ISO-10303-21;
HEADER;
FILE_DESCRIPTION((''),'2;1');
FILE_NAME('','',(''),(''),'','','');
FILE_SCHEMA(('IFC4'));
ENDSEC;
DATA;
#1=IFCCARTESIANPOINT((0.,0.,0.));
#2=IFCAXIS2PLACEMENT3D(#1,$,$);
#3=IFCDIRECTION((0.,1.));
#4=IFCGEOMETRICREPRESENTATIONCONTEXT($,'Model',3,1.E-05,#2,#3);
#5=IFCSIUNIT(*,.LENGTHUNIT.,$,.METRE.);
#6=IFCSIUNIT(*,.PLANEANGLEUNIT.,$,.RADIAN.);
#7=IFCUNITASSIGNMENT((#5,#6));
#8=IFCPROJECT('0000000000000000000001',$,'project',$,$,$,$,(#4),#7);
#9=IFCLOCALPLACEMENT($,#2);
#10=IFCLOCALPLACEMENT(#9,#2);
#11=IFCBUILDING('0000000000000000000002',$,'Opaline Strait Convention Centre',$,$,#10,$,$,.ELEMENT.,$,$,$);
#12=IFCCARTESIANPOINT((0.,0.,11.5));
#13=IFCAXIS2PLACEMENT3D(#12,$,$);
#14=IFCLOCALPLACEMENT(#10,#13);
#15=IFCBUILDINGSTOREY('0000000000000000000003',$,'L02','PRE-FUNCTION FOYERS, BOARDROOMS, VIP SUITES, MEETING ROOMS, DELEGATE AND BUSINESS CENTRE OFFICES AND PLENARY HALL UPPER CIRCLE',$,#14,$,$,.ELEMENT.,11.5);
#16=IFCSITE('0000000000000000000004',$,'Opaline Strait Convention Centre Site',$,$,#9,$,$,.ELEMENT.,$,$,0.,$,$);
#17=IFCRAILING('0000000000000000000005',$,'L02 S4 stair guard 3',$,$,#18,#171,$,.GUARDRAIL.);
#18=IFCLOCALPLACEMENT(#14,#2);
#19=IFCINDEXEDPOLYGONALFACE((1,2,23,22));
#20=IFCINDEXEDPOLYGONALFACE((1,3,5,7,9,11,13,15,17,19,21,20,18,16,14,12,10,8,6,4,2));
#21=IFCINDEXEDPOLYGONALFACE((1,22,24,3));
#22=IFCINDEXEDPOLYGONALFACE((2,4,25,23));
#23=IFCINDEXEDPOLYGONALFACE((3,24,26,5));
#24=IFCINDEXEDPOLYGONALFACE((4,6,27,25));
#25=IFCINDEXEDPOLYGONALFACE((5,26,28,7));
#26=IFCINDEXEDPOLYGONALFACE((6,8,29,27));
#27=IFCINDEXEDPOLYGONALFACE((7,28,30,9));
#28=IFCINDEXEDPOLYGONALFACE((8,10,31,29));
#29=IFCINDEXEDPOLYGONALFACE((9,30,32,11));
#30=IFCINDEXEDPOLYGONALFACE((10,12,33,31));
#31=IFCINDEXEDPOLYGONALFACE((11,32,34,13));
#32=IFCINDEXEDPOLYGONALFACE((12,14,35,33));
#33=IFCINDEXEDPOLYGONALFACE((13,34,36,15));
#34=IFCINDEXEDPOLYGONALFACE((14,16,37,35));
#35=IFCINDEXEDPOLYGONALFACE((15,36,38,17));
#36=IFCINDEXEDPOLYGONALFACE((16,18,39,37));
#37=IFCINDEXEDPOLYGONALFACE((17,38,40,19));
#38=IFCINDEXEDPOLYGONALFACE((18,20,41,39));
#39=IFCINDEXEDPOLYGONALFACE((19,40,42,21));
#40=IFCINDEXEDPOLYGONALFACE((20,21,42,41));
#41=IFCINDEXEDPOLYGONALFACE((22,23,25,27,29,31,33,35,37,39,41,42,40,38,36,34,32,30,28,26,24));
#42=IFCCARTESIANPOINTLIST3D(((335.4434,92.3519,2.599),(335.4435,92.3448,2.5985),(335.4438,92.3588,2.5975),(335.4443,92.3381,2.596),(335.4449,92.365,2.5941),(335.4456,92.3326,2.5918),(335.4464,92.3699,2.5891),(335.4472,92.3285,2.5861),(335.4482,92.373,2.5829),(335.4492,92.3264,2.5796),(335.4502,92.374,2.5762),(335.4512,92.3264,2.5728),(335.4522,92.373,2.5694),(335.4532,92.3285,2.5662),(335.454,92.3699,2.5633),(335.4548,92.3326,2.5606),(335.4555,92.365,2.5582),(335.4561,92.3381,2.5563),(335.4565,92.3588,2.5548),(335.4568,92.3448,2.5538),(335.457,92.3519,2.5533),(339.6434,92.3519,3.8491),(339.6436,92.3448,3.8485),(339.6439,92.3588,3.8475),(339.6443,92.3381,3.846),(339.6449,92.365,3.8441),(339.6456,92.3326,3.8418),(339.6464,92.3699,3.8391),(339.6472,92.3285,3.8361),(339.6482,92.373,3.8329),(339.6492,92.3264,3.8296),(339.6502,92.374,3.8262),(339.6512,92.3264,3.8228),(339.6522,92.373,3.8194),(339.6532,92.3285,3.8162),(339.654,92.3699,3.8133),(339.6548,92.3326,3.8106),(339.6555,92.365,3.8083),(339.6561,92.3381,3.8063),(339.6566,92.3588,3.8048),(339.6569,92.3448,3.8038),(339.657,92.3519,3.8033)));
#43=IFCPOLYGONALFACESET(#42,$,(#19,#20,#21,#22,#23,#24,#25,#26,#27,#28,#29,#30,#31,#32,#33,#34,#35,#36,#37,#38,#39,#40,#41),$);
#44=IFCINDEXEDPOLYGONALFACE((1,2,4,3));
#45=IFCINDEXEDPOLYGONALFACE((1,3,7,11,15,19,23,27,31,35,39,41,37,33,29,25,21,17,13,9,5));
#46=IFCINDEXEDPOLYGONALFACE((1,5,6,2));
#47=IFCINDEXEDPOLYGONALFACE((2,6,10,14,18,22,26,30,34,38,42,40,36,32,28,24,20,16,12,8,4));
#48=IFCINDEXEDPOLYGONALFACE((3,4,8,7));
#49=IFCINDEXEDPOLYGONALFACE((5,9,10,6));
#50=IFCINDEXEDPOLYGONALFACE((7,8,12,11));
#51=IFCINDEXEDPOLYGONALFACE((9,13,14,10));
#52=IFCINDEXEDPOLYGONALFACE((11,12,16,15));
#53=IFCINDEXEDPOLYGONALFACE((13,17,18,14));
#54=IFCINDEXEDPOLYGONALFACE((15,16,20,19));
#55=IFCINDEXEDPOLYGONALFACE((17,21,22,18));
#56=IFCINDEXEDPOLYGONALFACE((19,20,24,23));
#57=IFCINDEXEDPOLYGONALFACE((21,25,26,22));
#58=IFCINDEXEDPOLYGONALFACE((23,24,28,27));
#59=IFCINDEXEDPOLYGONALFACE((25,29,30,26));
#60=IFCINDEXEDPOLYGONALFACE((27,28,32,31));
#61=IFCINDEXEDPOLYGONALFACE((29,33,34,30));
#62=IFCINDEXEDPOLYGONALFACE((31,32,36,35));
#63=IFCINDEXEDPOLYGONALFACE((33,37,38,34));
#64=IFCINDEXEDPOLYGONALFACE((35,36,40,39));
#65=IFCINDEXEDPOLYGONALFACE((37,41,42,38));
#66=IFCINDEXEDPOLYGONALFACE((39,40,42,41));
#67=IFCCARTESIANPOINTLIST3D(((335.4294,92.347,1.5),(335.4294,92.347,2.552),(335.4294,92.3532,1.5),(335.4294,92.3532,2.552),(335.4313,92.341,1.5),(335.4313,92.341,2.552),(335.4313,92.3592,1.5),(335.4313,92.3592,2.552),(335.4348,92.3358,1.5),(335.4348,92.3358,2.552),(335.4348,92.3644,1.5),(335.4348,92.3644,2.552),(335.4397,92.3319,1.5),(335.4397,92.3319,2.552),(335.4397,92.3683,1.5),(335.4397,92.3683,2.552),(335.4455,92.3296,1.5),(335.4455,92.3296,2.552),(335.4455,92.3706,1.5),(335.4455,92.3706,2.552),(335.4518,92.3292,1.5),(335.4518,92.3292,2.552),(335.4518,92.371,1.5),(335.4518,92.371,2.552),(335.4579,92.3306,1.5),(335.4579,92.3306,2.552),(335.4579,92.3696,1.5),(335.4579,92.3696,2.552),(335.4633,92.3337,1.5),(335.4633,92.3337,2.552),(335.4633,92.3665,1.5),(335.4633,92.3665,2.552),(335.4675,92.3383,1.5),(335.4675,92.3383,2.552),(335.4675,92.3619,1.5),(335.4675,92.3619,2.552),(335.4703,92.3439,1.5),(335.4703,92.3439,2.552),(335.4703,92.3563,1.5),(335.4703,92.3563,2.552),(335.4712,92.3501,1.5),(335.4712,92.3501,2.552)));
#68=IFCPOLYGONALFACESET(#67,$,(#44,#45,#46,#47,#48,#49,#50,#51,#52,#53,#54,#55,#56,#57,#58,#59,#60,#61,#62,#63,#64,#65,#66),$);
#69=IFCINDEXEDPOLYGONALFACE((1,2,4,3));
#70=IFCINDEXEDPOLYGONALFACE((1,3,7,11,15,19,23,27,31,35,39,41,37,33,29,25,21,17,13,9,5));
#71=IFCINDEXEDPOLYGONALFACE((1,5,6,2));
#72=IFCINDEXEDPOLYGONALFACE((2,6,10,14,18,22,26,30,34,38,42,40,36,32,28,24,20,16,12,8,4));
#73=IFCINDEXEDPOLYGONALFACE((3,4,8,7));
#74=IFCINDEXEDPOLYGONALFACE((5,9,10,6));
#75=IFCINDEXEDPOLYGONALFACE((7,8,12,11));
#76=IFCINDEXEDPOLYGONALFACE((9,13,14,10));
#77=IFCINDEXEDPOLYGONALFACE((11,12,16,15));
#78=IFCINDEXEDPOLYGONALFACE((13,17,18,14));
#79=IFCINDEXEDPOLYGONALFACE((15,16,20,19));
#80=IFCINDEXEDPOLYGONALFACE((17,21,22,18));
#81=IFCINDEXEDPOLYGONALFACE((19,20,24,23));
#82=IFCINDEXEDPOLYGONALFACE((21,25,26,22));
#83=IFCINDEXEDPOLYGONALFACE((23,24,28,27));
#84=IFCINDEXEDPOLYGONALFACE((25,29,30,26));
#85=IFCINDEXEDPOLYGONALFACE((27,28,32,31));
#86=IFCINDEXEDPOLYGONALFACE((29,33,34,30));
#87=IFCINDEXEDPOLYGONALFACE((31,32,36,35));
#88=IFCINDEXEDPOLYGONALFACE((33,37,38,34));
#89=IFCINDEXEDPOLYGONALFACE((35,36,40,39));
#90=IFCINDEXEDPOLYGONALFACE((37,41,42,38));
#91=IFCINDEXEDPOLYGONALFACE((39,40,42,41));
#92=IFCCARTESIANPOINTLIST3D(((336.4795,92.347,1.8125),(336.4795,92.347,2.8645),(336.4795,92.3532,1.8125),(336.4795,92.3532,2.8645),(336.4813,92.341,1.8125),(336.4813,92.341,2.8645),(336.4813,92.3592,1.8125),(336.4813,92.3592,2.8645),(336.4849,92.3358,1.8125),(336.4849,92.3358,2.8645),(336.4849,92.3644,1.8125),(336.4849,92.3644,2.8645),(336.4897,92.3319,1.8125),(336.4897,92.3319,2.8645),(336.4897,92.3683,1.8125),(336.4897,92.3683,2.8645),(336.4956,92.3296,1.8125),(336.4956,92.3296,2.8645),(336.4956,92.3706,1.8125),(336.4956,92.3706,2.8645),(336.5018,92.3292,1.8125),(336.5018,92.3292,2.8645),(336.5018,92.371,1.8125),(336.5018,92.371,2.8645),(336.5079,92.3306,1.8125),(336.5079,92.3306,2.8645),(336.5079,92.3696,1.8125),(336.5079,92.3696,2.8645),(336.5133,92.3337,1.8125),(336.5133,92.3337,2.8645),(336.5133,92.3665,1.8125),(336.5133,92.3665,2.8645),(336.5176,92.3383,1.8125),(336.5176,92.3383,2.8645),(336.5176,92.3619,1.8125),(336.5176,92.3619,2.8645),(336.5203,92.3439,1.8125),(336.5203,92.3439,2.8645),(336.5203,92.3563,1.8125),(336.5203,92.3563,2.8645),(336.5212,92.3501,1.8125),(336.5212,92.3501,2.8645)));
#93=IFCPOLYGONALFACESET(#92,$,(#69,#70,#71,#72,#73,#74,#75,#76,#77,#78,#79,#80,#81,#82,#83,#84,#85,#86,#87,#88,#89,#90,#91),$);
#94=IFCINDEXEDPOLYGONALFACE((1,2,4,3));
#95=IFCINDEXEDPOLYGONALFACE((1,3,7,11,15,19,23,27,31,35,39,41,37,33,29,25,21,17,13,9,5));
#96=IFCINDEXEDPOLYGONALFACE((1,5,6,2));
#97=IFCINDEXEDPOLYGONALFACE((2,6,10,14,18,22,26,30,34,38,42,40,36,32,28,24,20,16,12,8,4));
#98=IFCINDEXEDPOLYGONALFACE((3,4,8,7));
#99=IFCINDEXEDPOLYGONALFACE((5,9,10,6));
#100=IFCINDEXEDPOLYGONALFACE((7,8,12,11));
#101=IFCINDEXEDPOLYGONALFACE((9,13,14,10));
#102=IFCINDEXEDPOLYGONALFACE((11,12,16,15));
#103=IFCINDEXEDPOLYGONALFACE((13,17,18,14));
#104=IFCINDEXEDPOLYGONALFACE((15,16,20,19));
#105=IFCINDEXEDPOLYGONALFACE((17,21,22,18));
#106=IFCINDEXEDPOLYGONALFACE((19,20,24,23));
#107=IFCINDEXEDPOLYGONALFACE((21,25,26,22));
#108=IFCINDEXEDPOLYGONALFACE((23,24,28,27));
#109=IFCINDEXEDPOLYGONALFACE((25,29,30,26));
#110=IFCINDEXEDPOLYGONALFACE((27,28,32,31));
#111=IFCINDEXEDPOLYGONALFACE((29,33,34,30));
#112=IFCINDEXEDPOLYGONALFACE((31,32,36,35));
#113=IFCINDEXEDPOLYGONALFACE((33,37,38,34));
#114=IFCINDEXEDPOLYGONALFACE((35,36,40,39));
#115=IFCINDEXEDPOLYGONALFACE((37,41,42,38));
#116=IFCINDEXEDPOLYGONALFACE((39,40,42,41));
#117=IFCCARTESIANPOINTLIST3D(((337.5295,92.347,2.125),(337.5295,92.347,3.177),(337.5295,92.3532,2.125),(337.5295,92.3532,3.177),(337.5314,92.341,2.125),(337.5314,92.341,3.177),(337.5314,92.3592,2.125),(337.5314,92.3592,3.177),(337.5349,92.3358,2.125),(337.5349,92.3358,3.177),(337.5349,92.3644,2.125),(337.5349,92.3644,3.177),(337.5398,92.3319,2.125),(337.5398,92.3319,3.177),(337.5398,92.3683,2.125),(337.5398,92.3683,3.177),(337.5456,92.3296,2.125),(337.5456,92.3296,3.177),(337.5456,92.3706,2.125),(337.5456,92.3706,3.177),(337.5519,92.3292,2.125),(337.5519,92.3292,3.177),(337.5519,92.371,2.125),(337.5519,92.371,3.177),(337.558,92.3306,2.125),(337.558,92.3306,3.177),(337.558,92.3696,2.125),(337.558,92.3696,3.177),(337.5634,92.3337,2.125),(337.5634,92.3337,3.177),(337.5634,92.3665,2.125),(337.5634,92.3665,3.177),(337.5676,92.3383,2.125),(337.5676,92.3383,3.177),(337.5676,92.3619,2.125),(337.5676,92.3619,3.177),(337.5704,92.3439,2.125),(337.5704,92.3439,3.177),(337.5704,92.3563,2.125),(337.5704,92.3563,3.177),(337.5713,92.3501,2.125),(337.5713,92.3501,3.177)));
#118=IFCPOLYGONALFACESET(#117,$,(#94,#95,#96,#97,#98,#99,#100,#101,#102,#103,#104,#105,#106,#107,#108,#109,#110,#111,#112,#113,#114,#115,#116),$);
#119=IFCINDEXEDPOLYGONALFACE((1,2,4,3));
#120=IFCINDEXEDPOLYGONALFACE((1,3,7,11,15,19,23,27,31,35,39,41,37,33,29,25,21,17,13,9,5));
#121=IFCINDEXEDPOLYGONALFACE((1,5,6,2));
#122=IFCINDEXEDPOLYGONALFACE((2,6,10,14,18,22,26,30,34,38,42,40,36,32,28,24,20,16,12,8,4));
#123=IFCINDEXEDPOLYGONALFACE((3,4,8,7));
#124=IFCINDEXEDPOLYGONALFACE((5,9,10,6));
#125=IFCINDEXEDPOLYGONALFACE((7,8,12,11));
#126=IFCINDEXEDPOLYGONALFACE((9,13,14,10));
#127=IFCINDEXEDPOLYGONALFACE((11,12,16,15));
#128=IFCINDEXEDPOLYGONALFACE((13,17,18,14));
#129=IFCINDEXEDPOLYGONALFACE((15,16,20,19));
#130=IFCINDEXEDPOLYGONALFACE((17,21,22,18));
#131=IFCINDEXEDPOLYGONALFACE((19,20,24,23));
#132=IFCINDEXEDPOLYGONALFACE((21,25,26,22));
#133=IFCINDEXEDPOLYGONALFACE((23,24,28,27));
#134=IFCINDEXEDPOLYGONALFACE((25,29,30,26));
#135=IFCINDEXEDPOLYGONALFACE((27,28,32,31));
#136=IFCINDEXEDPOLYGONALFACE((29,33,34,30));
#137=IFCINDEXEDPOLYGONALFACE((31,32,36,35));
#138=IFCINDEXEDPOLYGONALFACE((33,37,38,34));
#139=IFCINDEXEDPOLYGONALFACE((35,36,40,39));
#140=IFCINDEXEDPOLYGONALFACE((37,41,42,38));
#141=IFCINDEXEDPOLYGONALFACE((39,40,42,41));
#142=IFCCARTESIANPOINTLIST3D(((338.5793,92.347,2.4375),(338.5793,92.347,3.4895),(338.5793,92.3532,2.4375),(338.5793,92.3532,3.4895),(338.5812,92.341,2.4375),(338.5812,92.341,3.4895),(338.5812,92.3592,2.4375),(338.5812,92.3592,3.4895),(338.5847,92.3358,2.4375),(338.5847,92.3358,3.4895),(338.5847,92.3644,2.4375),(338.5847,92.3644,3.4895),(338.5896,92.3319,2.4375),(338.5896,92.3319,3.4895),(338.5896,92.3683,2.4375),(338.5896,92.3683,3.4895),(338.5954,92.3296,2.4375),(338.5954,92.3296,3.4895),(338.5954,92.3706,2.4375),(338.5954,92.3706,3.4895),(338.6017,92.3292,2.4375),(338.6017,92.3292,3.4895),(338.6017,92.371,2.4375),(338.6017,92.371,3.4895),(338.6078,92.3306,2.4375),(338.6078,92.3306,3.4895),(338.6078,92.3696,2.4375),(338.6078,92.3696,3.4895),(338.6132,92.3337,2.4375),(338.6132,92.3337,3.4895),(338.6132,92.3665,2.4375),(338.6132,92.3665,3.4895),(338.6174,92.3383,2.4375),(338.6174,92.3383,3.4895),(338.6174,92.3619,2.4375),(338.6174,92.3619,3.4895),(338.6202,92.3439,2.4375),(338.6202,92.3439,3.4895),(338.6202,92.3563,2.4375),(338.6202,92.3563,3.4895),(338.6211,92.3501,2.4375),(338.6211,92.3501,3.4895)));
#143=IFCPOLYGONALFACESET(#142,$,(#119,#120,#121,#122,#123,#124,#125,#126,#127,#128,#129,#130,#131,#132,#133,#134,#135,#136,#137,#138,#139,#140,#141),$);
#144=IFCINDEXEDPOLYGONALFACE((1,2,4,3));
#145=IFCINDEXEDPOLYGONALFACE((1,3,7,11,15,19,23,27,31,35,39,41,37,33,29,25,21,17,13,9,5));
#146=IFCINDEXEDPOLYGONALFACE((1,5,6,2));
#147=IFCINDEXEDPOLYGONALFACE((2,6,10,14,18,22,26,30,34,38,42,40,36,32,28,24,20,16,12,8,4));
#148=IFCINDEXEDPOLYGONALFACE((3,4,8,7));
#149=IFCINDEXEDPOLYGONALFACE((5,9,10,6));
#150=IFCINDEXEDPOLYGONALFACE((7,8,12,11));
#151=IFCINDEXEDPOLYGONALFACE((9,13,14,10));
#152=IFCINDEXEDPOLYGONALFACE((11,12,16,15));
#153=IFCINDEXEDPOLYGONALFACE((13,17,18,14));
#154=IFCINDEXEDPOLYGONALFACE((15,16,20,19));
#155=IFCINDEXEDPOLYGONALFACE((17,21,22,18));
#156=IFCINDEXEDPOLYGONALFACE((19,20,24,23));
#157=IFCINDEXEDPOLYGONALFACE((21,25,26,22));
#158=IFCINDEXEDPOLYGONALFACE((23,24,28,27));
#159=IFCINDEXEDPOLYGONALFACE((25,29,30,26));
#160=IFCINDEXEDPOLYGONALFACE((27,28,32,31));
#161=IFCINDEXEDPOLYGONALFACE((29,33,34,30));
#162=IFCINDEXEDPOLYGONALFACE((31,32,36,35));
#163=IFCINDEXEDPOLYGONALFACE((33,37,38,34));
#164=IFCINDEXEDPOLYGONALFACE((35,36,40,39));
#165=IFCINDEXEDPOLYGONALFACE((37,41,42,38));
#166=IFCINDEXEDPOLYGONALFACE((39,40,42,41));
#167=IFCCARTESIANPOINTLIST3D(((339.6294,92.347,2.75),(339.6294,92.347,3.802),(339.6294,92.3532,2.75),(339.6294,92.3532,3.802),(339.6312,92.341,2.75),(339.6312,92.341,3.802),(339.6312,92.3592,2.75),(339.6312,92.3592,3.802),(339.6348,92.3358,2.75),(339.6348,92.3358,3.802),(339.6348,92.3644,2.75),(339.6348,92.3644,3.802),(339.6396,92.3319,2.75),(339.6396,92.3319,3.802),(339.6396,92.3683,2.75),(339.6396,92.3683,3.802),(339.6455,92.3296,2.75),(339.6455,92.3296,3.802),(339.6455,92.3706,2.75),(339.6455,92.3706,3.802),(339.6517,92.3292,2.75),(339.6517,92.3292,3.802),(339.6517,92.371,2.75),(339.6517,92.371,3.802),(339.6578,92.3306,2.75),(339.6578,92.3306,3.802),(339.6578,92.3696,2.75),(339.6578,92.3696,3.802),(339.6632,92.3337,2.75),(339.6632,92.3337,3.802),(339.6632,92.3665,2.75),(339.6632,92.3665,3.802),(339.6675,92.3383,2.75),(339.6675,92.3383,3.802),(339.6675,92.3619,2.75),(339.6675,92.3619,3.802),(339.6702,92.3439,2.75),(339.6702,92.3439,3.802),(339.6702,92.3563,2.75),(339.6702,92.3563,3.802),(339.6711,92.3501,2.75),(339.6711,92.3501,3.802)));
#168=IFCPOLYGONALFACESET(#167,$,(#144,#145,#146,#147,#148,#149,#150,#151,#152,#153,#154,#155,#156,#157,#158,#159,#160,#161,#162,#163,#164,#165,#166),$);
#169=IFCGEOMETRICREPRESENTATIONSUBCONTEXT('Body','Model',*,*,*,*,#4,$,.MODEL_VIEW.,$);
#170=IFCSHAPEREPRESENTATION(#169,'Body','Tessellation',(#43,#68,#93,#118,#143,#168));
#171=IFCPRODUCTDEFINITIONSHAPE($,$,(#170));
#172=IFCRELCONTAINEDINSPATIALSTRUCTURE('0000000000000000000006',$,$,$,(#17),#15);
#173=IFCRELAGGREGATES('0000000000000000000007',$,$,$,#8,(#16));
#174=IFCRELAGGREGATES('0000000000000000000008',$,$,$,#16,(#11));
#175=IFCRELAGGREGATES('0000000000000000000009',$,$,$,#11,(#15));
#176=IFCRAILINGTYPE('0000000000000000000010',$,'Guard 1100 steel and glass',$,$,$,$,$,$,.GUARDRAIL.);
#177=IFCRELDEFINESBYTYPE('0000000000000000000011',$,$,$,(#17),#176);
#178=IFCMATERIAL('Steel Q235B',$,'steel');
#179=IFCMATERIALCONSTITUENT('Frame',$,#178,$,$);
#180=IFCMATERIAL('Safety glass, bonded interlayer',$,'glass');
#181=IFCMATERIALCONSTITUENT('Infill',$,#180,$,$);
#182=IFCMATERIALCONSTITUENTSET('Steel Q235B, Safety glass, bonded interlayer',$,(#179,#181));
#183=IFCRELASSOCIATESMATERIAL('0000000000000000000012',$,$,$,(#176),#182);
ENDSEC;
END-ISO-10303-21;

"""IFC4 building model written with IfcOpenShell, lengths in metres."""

from ifc_helpers import new_model, si_unit, direction, frame, origin, origin_2d, place, context, subcontext, project, spatial, circle, extrude, material, constituent, constituent_set, type_object, element, save


model = new_model("IFC4")

# Units and contexts
model_context = context("Model", 3, precision=1e-05, world=origin(), true_north=direction((0.0, 1.0)))
body_context = subcontext(model_context, "Body", "Model", "MODEL_VIEW")
ifc_project = project(units=[si_unit("LENGTHUNIT", "METRE"), si_unit("PLANEANGLEUNIT", "RADIAN")], contexts=[model_context])

# Site, building, storey
site_placement = place(None, origin())
site = spatial("IfcSite", under=ifc_project, at=site_placement, Name="Opaline Strait Convention Centre Site", CompositionType="ELEMENT", RefElevation=0.0)
building_placement = place(site_placement, origin())
building = spatial("IfcBuilding", under=site, at=building_placement, Name="Opaline Strait Convention Centre", CompositionType="ELEMENT")
storey_placement = place(building_placement, frame((0.0, 0.0, 11.5)))
storey = spatial("IfcBuildingStorey", under=building, at=storey_placement, Name="L02", Description="PRE-FUNCTION FOYERS, BOARDROOMS, VIP SUITES, MEETING ROOMS, DELEGATE AND BUSINESS CENTRE OFFICES AND PLENARY HALL UPPER CIRCLE", CompositionType="ELEMENT", Elevation=11.5)

# Shared definitions
ifc_material_1 = material(Name="Steel Q235B", Category="steel")

# Railing
ifc_constituent_1 = constituent(ifc_material_1, Name="Frame")
ifc_material_2 = material(Name="Safety glass, bonded interlayer", Category="glass")
ifc_constituent_2 = constituent(ifc_material_2, Name="Infill")
ifc_constituent_set = constituent_set(constituents=[ifc_constituent_1, ifc_constituent_2], Name="Steel Q235B, Safety glass, bonded interlayer")
railing_type_1 = type_object("IfcRailingType", Name="Guard 1100 steel and glass", PredefinedType="GUARDRAIL", material=ifc_constituent_set)
railing_1_placement = place(storey_placement, frame((335.4502, 92.3501, 1.5)))
element("IfcRailing", 1, at=railing_1_placement, inside=storey, type_object=railing_type_1, Name="L02 S4 stair guard 3", PredefinedType="GUARDRAIL", context=body_context, shape_type="SweptSolid", body=[
    extrude(circle(Radius=0.0239, at=origin_2d()), frame((0.0, 0.0, 1.0762), z_axis=(0.958451, 0.0, 0.285257), x_axis=(0.0, 1.0, 0.0)), (0.0, 0.0, 1.0), 4.3821),
    extrude(circle(Radius=0.021, at=origin_2d()), origin(), (0.0, 0.0, 1.0), 1.052),
    extrude(circle(Radius=0.021, at=origin_2d()), frame((1.05, 0.0, 0.3125)), (0.0, 0.0, 1.0), 1.052),
    extrude(circle(Radius=0.021, at=origin_2d()), frame((2.1001, 0.0, 0.625)), (0.0, 0.0, 1.0), 1.052),
    extrude(circle(Radius=0.021, at=origin_2d()), frame((3.1499, 0.0, 0.9375)), (0.0, 0.0, 1.0), 1.052),
    extrude(circle(Radius=0.021, at=origin_2d()), frame((4.2, 0.0, 1.25)), (0.0, 0.0, 1.0), 1.052),
])

save(model, "model.ifc")
